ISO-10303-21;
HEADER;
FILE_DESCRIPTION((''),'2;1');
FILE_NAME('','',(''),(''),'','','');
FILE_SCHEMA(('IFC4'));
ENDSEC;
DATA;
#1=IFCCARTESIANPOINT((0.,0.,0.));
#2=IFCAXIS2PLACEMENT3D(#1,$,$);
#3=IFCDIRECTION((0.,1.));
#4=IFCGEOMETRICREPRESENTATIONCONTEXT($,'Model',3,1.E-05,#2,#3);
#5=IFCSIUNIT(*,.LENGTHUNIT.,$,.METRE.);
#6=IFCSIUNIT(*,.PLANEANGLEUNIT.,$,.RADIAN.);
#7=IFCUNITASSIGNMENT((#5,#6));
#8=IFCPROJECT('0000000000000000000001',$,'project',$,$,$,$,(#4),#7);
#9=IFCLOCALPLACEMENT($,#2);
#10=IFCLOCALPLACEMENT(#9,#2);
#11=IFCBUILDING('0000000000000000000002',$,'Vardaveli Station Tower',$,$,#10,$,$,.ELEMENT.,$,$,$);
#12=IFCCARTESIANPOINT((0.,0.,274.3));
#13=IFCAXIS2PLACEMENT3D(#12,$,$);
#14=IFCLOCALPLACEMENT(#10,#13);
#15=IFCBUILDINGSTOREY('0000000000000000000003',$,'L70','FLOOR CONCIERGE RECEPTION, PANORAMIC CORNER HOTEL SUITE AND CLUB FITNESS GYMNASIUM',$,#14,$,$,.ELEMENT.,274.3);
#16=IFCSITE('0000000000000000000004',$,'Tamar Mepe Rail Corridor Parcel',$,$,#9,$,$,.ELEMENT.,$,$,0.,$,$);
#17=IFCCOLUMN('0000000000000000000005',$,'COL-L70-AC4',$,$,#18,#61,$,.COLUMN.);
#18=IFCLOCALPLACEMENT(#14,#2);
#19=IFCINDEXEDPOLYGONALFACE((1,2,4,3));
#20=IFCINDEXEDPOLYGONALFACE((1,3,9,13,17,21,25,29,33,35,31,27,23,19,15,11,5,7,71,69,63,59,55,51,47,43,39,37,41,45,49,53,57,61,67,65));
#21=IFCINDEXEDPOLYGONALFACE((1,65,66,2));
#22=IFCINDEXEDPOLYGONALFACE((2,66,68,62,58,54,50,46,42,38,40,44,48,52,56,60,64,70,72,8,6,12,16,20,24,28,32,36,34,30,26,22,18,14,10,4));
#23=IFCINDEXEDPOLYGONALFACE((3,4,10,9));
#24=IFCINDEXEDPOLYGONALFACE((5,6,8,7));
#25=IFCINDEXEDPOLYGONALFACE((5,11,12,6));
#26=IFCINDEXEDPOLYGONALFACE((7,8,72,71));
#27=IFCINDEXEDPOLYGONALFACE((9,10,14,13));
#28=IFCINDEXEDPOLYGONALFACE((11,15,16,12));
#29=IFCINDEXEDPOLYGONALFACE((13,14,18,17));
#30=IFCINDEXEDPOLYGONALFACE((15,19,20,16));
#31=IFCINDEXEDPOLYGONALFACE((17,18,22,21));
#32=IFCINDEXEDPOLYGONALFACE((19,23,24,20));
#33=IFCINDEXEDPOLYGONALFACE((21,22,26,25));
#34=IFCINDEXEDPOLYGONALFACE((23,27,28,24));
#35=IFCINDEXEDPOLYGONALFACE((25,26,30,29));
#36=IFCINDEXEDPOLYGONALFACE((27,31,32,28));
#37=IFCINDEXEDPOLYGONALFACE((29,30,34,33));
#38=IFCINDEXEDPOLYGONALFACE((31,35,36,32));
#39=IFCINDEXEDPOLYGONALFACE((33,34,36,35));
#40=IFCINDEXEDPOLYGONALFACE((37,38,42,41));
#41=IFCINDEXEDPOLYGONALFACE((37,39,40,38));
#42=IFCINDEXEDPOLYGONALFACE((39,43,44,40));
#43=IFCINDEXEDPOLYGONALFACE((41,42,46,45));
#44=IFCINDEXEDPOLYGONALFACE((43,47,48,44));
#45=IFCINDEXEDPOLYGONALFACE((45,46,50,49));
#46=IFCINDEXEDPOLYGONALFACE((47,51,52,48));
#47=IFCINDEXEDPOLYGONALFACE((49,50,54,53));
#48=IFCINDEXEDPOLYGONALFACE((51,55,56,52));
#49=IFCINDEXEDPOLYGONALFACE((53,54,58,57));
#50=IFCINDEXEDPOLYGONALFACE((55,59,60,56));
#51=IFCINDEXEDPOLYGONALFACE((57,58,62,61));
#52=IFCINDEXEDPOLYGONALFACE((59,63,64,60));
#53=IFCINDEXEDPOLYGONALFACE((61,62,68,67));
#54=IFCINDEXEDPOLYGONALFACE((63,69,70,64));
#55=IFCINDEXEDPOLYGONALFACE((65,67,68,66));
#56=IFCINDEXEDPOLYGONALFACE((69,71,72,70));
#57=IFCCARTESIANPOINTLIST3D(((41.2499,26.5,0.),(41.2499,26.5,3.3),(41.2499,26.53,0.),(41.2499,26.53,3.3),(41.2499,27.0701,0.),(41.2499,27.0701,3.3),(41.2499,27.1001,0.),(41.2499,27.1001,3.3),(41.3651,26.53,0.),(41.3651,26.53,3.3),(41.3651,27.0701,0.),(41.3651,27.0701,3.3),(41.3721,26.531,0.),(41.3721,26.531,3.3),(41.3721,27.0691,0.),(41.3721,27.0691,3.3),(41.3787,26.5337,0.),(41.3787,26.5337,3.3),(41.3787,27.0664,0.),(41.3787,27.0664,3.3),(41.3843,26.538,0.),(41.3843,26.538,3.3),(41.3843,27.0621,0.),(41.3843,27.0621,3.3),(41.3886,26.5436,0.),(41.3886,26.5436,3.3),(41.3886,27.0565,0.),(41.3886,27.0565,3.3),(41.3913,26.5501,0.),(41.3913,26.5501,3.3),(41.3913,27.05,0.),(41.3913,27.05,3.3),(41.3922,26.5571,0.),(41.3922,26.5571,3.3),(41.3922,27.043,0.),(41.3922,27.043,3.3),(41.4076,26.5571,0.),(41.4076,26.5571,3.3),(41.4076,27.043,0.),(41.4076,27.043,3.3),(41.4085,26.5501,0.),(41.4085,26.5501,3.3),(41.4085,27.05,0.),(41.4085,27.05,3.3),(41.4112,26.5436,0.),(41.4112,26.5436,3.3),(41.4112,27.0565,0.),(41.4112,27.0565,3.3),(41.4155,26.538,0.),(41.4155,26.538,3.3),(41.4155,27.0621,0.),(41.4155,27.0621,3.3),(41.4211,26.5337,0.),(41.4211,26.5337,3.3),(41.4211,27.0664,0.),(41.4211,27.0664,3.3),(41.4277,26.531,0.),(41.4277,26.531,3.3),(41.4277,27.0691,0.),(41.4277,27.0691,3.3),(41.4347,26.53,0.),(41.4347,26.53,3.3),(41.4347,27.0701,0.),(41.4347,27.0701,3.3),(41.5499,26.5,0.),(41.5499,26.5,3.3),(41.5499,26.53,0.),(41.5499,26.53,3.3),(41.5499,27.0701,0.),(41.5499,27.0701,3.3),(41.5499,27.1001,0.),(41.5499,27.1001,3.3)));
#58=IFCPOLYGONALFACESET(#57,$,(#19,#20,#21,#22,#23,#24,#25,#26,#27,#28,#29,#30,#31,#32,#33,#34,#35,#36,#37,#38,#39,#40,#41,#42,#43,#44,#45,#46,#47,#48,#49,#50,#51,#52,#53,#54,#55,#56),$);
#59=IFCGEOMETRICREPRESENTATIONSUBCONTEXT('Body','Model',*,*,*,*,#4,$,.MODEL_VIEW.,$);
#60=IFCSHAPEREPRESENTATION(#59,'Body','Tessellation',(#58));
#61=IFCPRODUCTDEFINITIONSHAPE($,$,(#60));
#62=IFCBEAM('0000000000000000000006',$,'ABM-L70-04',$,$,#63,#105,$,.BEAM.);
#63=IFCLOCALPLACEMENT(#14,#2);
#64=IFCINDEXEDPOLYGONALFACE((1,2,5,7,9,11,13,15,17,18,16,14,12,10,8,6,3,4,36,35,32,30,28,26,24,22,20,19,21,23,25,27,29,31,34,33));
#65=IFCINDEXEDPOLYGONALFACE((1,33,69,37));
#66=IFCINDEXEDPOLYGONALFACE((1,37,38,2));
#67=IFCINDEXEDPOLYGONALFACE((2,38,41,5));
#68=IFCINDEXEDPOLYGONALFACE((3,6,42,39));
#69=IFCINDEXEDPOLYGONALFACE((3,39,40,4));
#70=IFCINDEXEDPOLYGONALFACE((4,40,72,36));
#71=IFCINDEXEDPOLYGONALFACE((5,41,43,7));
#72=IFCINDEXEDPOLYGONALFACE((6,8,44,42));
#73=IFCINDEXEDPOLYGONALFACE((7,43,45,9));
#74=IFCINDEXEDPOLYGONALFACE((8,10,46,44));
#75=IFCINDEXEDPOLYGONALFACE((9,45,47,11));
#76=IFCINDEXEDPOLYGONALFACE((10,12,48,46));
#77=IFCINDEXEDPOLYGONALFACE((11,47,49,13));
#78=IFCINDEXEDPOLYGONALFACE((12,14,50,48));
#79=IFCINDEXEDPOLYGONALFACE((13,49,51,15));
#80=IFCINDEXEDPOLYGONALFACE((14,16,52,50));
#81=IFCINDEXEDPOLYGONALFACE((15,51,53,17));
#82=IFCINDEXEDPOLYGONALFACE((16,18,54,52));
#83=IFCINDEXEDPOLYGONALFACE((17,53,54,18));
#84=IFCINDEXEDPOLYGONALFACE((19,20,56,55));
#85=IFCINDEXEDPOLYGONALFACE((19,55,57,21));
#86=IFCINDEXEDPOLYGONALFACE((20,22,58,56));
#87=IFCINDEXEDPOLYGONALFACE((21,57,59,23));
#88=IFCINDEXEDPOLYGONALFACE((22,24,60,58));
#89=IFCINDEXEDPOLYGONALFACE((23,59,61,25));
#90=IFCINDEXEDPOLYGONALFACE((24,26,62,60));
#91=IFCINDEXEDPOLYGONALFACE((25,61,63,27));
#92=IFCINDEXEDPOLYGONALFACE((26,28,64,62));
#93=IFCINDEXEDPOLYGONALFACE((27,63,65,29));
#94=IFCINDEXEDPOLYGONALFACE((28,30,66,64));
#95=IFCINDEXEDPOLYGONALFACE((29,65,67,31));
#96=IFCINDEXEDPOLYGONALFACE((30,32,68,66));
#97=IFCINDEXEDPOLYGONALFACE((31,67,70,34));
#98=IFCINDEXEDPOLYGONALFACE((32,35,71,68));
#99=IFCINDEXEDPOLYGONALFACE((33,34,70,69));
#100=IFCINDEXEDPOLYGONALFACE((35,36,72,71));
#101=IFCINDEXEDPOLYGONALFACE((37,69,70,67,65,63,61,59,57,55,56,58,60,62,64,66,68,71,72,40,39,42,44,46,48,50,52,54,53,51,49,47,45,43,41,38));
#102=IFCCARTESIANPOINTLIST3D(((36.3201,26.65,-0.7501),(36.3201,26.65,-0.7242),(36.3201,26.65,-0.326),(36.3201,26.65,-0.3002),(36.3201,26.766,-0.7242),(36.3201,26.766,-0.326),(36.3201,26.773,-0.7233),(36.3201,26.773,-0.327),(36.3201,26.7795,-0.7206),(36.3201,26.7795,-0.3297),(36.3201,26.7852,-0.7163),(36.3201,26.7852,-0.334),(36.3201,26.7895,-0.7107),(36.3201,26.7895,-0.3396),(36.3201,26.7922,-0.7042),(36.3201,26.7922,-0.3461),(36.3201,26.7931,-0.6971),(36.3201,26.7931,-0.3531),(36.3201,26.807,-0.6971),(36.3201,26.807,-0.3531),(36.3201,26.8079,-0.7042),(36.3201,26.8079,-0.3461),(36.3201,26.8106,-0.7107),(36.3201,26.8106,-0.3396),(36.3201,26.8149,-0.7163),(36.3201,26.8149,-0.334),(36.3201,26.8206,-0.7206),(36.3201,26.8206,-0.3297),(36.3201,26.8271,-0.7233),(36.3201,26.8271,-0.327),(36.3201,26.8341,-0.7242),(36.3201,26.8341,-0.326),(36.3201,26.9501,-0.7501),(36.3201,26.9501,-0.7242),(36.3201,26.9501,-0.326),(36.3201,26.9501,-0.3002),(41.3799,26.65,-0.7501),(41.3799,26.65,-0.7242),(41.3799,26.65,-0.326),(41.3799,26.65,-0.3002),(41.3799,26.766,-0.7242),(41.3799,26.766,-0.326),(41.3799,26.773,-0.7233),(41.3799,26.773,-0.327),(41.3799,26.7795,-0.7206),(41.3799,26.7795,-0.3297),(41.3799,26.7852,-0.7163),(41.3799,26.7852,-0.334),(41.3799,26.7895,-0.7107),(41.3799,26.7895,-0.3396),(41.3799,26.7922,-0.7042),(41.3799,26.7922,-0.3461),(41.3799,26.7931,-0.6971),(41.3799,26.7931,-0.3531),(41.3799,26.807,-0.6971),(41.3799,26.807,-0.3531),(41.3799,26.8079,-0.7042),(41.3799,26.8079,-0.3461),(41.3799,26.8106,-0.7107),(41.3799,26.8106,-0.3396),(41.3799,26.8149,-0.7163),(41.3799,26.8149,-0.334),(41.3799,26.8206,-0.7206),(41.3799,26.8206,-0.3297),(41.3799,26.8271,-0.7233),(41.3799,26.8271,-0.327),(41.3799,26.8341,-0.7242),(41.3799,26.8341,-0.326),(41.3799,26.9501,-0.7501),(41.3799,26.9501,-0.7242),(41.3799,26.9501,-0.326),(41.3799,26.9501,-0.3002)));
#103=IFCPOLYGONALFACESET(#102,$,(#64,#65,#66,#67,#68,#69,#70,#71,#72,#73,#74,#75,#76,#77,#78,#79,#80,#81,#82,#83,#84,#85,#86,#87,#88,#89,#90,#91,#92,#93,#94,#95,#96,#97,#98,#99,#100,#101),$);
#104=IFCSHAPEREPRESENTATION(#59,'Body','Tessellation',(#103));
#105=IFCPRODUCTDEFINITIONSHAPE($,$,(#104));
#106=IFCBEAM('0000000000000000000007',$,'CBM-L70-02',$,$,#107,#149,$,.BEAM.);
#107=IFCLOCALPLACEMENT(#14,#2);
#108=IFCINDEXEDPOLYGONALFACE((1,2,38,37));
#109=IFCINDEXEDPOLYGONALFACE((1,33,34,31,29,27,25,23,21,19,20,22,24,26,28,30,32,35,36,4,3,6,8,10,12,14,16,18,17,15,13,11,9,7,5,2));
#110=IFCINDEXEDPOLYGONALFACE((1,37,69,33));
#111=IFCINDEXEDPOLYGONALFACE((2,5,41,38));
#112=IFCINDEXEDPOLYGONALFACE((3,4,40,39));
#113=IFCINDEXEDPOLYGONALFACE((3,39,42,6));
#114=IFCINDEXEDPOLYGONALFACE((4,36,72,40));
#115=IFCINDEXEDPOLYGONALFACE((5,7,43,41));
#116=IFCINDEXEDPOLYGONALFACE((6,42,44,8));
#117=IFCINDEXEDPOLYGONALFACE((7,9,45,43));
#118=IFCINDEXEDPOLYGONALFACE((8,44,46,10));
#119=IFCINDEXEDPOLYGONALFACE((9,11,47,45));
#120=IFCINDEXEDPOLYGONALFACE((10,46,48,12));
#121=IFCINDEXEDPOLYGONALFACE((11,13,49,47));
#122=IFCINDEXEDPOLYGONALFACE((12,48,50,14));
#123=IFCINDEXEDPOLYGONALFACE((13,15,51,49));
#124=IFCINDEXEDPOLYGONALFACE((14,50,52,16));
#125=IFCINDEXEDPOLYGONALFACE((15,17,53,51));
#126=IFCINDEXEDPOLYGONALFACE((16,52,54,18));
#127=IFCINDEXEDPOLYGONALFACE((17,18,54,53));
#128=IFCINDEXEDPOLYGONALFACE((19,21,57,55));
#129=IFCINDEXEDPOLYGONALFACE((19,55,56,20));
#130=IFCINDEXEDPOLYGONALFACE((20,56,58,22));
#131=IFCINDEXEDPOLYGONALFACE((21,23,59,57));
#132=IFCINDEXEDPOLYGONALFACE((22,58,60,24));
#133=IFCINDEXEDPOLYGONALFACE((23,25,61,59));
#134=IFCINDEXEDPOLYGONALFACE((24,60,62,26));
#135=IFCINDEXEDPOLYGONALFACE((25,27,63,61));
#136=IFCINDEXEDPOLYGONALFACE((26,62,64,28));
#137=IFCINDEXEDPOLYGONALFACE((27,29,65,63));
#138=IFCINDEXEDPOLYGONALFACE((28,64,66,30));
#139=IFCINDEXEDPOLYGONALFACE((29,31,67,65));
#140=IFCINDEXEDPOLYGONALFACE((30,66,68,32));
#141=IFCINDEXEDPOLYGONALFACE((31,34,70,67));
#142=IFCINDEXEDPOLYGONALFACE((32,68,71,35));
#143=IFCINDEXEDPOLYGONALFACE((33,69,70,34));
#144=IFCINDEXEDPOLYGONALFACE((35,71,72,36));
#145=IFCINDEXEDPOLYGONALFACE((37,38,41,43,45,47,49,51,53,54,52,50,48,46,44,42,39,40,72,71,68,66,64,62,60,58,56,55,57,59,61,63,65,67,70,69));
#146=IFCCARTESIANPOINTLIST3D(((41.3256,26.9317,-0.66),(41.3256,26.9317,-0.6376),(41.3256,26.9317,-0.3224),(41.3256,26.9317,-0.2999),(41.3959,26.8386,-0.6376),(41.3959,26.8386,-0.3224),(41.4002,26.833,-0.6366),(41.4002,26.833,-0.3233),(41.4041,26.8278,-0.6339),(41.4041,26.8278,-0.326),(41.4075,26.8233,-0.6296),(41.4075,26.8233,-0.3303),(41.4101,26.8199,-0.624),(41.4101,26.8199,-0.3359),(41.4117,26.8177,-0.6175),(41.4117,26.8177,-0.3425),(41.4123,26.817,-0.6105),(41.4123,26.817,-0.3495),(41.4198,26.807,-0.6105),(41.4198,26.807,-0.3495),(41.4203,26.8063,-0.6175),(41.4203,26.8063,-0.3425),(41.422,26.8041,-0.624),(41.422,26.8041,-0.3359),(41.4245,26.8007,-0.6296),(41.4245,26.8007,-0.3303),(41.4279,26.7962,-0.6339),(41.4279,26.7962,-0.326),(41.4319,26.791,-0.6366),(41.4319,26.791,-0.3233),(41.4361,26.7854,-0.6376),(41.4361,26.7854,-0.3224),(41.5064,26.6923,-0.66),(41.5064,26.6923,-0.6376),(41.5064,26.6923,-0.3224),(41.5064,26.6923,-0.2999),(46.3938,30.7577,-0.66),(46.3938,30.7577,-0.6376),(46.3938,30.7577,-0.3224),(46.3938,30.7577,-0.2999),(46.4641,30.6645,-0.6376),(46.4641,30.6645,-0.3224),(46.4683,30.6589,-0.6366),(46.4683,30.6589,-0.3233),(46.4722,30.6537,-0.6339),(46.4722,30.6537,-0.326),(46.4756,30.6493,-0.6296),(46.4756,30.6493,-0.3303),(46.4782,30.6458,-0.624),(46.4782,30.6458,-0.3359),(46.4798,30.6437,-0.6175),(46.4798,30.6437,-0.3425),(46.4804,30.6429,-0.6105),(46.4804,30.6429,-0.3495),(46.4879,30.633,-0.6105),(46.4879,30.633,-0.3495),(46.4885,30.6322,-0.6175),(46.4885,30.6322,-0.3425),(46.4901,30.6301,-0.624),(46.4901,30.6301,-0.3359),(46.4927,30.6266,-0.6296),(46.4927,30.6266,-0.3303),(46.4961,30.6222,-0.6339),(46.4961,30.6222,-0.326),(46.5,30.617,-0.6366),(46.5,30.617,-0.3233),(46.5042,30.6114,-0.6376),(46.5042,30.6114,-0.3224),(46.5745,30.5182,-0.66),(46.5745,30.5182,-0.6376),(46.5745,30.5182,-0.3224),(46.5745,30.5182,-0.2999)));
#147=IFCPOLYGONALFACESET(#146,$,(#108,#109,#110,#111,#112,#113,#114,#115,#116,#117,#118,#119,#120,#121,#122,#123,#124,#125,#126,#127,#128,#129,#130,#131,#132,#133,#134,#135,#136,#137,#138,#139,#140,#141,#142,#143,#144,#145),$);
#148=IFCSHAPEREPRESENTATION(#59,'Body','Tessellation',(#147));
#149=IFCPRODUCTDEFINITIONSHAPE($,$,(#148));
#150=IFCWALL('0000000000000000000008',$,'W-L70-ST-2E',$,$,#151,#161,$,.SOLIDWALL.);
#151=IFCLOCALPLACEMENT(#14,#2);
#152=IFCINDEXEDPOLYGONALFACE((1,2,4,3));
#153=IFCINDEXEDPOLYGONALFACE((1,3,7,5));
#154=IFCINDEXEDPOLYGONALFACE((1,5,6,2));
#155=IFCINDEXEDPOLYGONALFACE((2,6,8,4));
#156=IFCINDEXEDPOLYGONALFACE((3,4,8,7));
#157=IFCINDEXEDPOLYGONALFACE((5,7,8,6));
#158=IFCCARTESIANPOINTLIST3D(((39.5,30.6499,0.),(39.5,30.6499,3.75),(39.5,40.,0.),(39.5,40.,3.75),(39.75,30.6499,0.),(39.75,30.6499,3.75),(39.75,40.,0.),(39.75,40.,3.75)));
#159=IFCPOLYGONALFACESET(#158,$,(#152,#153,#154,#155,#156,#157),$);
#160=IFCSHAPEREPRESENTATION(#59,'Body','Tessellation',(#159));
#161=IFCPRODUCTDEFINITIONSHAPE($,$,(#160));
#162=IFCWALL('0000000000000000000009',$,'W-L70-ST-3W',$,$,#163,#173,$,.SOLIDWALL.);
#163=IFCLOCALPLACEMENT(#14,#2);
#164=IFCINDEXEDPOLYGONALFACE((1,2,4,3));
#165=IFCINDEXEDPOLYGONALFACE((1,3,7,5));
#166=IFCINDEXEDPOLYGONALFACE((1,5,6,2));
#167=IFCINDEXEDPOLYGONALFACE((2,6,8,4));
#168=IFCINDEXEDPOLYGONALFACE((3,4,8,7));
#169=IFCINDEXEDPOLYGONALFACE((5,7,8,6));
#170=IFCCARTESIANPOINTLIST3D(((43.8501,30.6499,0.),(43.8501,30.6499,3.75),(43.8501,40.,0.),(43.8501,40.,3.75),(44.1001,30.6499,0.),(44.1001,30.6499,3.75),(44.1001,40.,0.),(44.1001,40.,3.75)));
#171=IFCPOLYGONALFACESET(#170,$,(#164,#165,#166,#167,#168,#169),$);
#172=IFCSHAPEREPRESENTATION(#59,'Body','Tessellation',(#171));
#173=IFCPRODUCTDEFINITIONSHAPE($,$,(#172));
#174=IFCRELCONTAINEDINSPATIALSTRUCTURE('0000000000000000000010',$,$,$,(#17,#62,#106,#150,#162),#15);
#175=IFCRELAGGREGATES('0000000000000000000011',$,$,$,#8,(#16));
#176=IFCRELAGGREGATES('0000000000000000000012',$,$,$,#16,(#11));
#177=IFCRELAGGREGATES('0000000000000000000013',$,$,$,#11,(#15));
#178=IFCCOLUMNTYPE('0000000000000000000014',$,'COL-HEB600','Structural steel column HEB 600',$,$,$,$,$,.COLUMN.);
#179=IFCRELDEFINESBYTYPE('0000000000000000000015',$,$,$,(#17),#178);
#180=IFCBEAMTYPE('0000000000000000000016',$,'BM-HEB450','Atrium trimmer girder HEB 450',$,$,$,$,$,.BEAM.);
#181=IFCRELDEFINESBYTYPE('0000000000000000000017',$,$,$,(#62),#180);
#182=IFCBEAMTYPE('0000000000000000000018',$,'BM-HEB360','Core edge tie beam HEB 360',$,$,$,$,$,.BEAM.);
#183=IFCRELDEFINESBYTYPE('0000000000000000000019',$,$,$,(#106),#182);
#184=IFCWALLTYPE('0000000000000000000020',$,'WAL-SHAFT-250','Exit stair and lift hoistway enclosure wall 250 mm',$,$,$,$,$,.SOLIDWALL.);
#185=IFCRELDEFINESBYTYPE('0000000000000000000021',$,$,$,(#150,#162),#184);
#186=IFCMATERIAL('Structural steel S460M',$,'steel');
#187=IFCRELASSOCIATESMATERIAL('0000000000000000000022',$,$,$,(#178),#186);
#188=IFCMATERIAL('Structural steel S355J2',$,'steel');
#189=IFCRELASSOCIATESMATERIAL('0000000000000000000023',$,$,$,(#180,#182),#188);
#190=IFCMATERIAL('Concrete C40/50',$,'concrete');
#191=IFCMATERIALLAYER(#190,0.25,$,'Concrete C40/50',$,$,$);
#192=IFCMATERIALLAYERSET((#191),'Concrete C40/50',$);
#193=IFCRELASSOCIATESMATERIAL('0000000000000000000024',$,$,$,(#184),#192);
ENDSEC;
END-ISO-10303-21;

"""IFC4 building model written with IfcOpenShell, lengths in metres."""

from ifc_helpers import new_model, si_unit, direction, frame, frame_2d, origin, origin_2d, place, context, subcontext, project, spatial, rectangle, i_section, extrude, source, transform, mapped, material, layer, layer_set, material_profile, profile_set, type_object, element, save


model = new_model("IFC4")

# Units and contexts
model_context = context("Model", 3, precision=1e-05, world=origin(), true_north=direction((0.0, 1.0)))
body_context = subcontext(model_context, "Body", "Model", "MODEL_VIEW")
ifc_project = project(units=[si_unit("LENGTHUNIT", "METRE"), si_unit("PLANEANGLEUNIT", "RADIAN")], contexts=[model_context])

# Site, building, storey
site_placement = place(None, origin())
site = spatial("IfcSite", under=ifc_project, at=site_placement, Name="Tamar Mepe Rail Corridor Parcel", CompositionType="ELEMENT", RefElevation=0.0)
building_placement = place(site_placement, origin())
building = spatial("IfcBuilding", under=site, at=building_placement, Name="Vardaveli Station Tower", CompositionType="ELEMENT")
storey_placement = place(building_placement, frame((0.0, 0.0, 274.3)))
storey = spatial("IfcBuildingStorey", under=building, at=storey_placement, Name="L70", Description="FLOOR CONCIERGE RECEPTION, PANORAMIC CORNER HOTEL SUITE AND CLUB FITNESS GYMNASIUM", CompositionType="ELEMENT", Elevation=274.3)

# Column
ifc_material_1 = material(Name="Structural steel S460M", Category="steel")
ifc_material_profile_1 = material_profile(ifc_material_1, i_section(OverallWidth=0.3, OverallDepth=0.6001, WebThickness=0.0154, FlangeThickness=0.03, FilletRadius=0.0271, at=origin_2d()), Name="HEB 600")
ifc_profile_set_1 = profile_set([ifc_material_profile_1], Name="Structural steel S460M")
column_type = type_object("IfcColumnType", Name="COL-HEB600", Description="Structural steel column HEB 600", PredefinedType="COLUMN", material=ifc_profile_set_1)
shared_shape_1 = source(origin(), body_context, "Body", "SweptSolid", [
    extrude(i_section(OverallWidth=0.3, OverallDepth=0.6001, WebThickness=0.0154, FlangeThickness=0.03, FilletRadius=0.0271, at=origin_2d()), origin(), (0.0, 0.0, 1.0), 3.3),
])
column_placement = place(storey_placement, frame((41.3999, 26.8, 0.0), z_axis=(0.0, 0.0, 1.0), x_axis=(1.0, 0.0, 0.0)))
element("IfcColumn", 1, at=column_placement, inside=storey, type_object=column_type, Name="COL-L70-AC4", PredefinedType="COLUMN", context=body_context, shape_type="MappedRepresentation", body=[
    mapped(shared_shape_1, transform((0.0, 0.0, 0.0), scale=1.0)),
])

# Beams
ifc_material_2 = material(Name="Structural steel S355J2", Category="steel")
ifc_material_profile_2 = material_profile(ifc_material_2, i_section(OverallWidth=0.3, OverallDepth=0.45, WebThickness=0.0139, FlangeThickness=0.0259, FilletRadius=0.0271, at=origin_2d()), Name="HEB 450")
ifc_profile_set_2 = profile_set([ifc_material_profile_2], Name="Structural steel S355J2")
beam_type_1 = type_object("IfcBeamType", Name="BM-HEB450", Description="Atrium trimmer girder HEB 450", PredefinedType="BEAM", material=ifc_profile_set_2)
shared_shape_2 = source(origin(), body_context, "Body", "SweptSolid", [
    extrude(i_section(OverallWidth=0.3, OverallDepth=0.45, WebThickness=0.0139, FlangeThickness=0.0259, FilletRadius=0.0271, at=origin_2d()), origin(), (0.0, 0.0, 1.0), 5.0598),
])
beam_1_placement = place(storey_placement, frame((41.3799, 26.8, -0.5251), z_axis=(-1.0, 0.0, 0.0), x_axis=(0.0, -1.0, 0.0)))
element("IfcBeam", 2, at=beam_1_placement, inside=storey, type_object=beam_type_1, Name="ABM-L70-04", PredefinedType="BEAM", context=body_context, shape_type="MappedRepresentation", body=[
    mapped(shared_shape_2, transform((0.0, 0.0, 0.0), scale=1.0)),
])
ifc_material_profile_3 = material_profile(ifc_material_2, i_section(OverallWidth=0.3, OverallDepth=0.3601, WebThickness=0.0125, FlangeThickness=0.0225, FilletRadius=0.0271, at=origin_2d()), Name="HEB 360")
ifc_profile_set_3 = profile_set([ifc_material_profile_3], Name="Structural steel S355J2")
beam_type_2 = type_object("IfcBeamType", Name="BM-HEB360", Description="Core edge tie beam HEB 360", PredefinedType="BEAM", material=ifc_profile_set_3)
shared_shape_3 = source(origin(), body_context, "Body", "SweptSolid", [
    extrude(i_section(OverallWidth=0.3, OverallDepth=0.3601, WebThickness=0.0125, FlangeThickness=0.0225, FilletRadius=0.0271, at=origin_2d()), origin(), (0.0, 0.0, 1.0), 6.3501),
])
beam_2_placement = place(storey_placement, frame((41.416, 26.812, -0.48), z_axis=(0.798118, 0.602501, 0.0), x_axis=(-0.602501, 0.798118, 0.0)))
element("IfcBeam", 3, at=beam_2_placement, inside=storey, type_object=beam_type_2, Name="CBM-L70-02", PredefinedType="BEAM", context=body_context, shape_type="MappedRepresentation", body=[
    mapped(shared_shape_3, transform((0.0, 0.0, 0.0), scale=1.0)),
])

# Walls
ifc_material_3 = material(Name="Concrete C40/50", Category="concrete")
ifc_layer_1 = layer(ifc_material_3, 0.25, Name="Concrete C40/50")
ifc_layer_set_1 = layer_set([ifc_layer_1], Name="Concrete C40/50")
wall_type_1 = type_object("IfcWallType", Name="WAL-SHAFT-250", Description="Exit stair and lift hoistway enclosure wall 250 mm", PredefinedType="SOLIDWALL", material=ifc_layer_set_1)
shared_shape_4 = source(origin(), body_context, "Body", "SweptSolid", [
    extrude(rectangle(XDim=9.3501, YDim=0.25, at=frame_2d((4.675, 0.0))), origin(), (0.0, 0.0, 1.0), 3.75),
])
for number, where, z_axis, x_axis, name in (
    (4, (39.625, 30.6499, 0.0), (0.0, 0.0, 1.0), (0.0, 1.0, 0.0), "W-L70-ST-2E"),
    (5, (43.9751, 30.6499, 0.0), (0.0, 0.0, 1.0), (0.0, 1.0, 0.0), "W-L70-ST-3W"),
):
    element("IfcWall", number, at=place(storey_placement, frame(where, z_axis=z_axis, x_axis=x_axis)), inside=storey, type_object=wall_type_1, Name=name, PredefinedType="SOLIDWALL", context=body_context, shape_type="MappedRepresentation", body=[
        mapped(shared_shape_4, transform((0.0, 0.0, 0.0), scale=1.0)),
    ])

save(model, "model.ifc")
